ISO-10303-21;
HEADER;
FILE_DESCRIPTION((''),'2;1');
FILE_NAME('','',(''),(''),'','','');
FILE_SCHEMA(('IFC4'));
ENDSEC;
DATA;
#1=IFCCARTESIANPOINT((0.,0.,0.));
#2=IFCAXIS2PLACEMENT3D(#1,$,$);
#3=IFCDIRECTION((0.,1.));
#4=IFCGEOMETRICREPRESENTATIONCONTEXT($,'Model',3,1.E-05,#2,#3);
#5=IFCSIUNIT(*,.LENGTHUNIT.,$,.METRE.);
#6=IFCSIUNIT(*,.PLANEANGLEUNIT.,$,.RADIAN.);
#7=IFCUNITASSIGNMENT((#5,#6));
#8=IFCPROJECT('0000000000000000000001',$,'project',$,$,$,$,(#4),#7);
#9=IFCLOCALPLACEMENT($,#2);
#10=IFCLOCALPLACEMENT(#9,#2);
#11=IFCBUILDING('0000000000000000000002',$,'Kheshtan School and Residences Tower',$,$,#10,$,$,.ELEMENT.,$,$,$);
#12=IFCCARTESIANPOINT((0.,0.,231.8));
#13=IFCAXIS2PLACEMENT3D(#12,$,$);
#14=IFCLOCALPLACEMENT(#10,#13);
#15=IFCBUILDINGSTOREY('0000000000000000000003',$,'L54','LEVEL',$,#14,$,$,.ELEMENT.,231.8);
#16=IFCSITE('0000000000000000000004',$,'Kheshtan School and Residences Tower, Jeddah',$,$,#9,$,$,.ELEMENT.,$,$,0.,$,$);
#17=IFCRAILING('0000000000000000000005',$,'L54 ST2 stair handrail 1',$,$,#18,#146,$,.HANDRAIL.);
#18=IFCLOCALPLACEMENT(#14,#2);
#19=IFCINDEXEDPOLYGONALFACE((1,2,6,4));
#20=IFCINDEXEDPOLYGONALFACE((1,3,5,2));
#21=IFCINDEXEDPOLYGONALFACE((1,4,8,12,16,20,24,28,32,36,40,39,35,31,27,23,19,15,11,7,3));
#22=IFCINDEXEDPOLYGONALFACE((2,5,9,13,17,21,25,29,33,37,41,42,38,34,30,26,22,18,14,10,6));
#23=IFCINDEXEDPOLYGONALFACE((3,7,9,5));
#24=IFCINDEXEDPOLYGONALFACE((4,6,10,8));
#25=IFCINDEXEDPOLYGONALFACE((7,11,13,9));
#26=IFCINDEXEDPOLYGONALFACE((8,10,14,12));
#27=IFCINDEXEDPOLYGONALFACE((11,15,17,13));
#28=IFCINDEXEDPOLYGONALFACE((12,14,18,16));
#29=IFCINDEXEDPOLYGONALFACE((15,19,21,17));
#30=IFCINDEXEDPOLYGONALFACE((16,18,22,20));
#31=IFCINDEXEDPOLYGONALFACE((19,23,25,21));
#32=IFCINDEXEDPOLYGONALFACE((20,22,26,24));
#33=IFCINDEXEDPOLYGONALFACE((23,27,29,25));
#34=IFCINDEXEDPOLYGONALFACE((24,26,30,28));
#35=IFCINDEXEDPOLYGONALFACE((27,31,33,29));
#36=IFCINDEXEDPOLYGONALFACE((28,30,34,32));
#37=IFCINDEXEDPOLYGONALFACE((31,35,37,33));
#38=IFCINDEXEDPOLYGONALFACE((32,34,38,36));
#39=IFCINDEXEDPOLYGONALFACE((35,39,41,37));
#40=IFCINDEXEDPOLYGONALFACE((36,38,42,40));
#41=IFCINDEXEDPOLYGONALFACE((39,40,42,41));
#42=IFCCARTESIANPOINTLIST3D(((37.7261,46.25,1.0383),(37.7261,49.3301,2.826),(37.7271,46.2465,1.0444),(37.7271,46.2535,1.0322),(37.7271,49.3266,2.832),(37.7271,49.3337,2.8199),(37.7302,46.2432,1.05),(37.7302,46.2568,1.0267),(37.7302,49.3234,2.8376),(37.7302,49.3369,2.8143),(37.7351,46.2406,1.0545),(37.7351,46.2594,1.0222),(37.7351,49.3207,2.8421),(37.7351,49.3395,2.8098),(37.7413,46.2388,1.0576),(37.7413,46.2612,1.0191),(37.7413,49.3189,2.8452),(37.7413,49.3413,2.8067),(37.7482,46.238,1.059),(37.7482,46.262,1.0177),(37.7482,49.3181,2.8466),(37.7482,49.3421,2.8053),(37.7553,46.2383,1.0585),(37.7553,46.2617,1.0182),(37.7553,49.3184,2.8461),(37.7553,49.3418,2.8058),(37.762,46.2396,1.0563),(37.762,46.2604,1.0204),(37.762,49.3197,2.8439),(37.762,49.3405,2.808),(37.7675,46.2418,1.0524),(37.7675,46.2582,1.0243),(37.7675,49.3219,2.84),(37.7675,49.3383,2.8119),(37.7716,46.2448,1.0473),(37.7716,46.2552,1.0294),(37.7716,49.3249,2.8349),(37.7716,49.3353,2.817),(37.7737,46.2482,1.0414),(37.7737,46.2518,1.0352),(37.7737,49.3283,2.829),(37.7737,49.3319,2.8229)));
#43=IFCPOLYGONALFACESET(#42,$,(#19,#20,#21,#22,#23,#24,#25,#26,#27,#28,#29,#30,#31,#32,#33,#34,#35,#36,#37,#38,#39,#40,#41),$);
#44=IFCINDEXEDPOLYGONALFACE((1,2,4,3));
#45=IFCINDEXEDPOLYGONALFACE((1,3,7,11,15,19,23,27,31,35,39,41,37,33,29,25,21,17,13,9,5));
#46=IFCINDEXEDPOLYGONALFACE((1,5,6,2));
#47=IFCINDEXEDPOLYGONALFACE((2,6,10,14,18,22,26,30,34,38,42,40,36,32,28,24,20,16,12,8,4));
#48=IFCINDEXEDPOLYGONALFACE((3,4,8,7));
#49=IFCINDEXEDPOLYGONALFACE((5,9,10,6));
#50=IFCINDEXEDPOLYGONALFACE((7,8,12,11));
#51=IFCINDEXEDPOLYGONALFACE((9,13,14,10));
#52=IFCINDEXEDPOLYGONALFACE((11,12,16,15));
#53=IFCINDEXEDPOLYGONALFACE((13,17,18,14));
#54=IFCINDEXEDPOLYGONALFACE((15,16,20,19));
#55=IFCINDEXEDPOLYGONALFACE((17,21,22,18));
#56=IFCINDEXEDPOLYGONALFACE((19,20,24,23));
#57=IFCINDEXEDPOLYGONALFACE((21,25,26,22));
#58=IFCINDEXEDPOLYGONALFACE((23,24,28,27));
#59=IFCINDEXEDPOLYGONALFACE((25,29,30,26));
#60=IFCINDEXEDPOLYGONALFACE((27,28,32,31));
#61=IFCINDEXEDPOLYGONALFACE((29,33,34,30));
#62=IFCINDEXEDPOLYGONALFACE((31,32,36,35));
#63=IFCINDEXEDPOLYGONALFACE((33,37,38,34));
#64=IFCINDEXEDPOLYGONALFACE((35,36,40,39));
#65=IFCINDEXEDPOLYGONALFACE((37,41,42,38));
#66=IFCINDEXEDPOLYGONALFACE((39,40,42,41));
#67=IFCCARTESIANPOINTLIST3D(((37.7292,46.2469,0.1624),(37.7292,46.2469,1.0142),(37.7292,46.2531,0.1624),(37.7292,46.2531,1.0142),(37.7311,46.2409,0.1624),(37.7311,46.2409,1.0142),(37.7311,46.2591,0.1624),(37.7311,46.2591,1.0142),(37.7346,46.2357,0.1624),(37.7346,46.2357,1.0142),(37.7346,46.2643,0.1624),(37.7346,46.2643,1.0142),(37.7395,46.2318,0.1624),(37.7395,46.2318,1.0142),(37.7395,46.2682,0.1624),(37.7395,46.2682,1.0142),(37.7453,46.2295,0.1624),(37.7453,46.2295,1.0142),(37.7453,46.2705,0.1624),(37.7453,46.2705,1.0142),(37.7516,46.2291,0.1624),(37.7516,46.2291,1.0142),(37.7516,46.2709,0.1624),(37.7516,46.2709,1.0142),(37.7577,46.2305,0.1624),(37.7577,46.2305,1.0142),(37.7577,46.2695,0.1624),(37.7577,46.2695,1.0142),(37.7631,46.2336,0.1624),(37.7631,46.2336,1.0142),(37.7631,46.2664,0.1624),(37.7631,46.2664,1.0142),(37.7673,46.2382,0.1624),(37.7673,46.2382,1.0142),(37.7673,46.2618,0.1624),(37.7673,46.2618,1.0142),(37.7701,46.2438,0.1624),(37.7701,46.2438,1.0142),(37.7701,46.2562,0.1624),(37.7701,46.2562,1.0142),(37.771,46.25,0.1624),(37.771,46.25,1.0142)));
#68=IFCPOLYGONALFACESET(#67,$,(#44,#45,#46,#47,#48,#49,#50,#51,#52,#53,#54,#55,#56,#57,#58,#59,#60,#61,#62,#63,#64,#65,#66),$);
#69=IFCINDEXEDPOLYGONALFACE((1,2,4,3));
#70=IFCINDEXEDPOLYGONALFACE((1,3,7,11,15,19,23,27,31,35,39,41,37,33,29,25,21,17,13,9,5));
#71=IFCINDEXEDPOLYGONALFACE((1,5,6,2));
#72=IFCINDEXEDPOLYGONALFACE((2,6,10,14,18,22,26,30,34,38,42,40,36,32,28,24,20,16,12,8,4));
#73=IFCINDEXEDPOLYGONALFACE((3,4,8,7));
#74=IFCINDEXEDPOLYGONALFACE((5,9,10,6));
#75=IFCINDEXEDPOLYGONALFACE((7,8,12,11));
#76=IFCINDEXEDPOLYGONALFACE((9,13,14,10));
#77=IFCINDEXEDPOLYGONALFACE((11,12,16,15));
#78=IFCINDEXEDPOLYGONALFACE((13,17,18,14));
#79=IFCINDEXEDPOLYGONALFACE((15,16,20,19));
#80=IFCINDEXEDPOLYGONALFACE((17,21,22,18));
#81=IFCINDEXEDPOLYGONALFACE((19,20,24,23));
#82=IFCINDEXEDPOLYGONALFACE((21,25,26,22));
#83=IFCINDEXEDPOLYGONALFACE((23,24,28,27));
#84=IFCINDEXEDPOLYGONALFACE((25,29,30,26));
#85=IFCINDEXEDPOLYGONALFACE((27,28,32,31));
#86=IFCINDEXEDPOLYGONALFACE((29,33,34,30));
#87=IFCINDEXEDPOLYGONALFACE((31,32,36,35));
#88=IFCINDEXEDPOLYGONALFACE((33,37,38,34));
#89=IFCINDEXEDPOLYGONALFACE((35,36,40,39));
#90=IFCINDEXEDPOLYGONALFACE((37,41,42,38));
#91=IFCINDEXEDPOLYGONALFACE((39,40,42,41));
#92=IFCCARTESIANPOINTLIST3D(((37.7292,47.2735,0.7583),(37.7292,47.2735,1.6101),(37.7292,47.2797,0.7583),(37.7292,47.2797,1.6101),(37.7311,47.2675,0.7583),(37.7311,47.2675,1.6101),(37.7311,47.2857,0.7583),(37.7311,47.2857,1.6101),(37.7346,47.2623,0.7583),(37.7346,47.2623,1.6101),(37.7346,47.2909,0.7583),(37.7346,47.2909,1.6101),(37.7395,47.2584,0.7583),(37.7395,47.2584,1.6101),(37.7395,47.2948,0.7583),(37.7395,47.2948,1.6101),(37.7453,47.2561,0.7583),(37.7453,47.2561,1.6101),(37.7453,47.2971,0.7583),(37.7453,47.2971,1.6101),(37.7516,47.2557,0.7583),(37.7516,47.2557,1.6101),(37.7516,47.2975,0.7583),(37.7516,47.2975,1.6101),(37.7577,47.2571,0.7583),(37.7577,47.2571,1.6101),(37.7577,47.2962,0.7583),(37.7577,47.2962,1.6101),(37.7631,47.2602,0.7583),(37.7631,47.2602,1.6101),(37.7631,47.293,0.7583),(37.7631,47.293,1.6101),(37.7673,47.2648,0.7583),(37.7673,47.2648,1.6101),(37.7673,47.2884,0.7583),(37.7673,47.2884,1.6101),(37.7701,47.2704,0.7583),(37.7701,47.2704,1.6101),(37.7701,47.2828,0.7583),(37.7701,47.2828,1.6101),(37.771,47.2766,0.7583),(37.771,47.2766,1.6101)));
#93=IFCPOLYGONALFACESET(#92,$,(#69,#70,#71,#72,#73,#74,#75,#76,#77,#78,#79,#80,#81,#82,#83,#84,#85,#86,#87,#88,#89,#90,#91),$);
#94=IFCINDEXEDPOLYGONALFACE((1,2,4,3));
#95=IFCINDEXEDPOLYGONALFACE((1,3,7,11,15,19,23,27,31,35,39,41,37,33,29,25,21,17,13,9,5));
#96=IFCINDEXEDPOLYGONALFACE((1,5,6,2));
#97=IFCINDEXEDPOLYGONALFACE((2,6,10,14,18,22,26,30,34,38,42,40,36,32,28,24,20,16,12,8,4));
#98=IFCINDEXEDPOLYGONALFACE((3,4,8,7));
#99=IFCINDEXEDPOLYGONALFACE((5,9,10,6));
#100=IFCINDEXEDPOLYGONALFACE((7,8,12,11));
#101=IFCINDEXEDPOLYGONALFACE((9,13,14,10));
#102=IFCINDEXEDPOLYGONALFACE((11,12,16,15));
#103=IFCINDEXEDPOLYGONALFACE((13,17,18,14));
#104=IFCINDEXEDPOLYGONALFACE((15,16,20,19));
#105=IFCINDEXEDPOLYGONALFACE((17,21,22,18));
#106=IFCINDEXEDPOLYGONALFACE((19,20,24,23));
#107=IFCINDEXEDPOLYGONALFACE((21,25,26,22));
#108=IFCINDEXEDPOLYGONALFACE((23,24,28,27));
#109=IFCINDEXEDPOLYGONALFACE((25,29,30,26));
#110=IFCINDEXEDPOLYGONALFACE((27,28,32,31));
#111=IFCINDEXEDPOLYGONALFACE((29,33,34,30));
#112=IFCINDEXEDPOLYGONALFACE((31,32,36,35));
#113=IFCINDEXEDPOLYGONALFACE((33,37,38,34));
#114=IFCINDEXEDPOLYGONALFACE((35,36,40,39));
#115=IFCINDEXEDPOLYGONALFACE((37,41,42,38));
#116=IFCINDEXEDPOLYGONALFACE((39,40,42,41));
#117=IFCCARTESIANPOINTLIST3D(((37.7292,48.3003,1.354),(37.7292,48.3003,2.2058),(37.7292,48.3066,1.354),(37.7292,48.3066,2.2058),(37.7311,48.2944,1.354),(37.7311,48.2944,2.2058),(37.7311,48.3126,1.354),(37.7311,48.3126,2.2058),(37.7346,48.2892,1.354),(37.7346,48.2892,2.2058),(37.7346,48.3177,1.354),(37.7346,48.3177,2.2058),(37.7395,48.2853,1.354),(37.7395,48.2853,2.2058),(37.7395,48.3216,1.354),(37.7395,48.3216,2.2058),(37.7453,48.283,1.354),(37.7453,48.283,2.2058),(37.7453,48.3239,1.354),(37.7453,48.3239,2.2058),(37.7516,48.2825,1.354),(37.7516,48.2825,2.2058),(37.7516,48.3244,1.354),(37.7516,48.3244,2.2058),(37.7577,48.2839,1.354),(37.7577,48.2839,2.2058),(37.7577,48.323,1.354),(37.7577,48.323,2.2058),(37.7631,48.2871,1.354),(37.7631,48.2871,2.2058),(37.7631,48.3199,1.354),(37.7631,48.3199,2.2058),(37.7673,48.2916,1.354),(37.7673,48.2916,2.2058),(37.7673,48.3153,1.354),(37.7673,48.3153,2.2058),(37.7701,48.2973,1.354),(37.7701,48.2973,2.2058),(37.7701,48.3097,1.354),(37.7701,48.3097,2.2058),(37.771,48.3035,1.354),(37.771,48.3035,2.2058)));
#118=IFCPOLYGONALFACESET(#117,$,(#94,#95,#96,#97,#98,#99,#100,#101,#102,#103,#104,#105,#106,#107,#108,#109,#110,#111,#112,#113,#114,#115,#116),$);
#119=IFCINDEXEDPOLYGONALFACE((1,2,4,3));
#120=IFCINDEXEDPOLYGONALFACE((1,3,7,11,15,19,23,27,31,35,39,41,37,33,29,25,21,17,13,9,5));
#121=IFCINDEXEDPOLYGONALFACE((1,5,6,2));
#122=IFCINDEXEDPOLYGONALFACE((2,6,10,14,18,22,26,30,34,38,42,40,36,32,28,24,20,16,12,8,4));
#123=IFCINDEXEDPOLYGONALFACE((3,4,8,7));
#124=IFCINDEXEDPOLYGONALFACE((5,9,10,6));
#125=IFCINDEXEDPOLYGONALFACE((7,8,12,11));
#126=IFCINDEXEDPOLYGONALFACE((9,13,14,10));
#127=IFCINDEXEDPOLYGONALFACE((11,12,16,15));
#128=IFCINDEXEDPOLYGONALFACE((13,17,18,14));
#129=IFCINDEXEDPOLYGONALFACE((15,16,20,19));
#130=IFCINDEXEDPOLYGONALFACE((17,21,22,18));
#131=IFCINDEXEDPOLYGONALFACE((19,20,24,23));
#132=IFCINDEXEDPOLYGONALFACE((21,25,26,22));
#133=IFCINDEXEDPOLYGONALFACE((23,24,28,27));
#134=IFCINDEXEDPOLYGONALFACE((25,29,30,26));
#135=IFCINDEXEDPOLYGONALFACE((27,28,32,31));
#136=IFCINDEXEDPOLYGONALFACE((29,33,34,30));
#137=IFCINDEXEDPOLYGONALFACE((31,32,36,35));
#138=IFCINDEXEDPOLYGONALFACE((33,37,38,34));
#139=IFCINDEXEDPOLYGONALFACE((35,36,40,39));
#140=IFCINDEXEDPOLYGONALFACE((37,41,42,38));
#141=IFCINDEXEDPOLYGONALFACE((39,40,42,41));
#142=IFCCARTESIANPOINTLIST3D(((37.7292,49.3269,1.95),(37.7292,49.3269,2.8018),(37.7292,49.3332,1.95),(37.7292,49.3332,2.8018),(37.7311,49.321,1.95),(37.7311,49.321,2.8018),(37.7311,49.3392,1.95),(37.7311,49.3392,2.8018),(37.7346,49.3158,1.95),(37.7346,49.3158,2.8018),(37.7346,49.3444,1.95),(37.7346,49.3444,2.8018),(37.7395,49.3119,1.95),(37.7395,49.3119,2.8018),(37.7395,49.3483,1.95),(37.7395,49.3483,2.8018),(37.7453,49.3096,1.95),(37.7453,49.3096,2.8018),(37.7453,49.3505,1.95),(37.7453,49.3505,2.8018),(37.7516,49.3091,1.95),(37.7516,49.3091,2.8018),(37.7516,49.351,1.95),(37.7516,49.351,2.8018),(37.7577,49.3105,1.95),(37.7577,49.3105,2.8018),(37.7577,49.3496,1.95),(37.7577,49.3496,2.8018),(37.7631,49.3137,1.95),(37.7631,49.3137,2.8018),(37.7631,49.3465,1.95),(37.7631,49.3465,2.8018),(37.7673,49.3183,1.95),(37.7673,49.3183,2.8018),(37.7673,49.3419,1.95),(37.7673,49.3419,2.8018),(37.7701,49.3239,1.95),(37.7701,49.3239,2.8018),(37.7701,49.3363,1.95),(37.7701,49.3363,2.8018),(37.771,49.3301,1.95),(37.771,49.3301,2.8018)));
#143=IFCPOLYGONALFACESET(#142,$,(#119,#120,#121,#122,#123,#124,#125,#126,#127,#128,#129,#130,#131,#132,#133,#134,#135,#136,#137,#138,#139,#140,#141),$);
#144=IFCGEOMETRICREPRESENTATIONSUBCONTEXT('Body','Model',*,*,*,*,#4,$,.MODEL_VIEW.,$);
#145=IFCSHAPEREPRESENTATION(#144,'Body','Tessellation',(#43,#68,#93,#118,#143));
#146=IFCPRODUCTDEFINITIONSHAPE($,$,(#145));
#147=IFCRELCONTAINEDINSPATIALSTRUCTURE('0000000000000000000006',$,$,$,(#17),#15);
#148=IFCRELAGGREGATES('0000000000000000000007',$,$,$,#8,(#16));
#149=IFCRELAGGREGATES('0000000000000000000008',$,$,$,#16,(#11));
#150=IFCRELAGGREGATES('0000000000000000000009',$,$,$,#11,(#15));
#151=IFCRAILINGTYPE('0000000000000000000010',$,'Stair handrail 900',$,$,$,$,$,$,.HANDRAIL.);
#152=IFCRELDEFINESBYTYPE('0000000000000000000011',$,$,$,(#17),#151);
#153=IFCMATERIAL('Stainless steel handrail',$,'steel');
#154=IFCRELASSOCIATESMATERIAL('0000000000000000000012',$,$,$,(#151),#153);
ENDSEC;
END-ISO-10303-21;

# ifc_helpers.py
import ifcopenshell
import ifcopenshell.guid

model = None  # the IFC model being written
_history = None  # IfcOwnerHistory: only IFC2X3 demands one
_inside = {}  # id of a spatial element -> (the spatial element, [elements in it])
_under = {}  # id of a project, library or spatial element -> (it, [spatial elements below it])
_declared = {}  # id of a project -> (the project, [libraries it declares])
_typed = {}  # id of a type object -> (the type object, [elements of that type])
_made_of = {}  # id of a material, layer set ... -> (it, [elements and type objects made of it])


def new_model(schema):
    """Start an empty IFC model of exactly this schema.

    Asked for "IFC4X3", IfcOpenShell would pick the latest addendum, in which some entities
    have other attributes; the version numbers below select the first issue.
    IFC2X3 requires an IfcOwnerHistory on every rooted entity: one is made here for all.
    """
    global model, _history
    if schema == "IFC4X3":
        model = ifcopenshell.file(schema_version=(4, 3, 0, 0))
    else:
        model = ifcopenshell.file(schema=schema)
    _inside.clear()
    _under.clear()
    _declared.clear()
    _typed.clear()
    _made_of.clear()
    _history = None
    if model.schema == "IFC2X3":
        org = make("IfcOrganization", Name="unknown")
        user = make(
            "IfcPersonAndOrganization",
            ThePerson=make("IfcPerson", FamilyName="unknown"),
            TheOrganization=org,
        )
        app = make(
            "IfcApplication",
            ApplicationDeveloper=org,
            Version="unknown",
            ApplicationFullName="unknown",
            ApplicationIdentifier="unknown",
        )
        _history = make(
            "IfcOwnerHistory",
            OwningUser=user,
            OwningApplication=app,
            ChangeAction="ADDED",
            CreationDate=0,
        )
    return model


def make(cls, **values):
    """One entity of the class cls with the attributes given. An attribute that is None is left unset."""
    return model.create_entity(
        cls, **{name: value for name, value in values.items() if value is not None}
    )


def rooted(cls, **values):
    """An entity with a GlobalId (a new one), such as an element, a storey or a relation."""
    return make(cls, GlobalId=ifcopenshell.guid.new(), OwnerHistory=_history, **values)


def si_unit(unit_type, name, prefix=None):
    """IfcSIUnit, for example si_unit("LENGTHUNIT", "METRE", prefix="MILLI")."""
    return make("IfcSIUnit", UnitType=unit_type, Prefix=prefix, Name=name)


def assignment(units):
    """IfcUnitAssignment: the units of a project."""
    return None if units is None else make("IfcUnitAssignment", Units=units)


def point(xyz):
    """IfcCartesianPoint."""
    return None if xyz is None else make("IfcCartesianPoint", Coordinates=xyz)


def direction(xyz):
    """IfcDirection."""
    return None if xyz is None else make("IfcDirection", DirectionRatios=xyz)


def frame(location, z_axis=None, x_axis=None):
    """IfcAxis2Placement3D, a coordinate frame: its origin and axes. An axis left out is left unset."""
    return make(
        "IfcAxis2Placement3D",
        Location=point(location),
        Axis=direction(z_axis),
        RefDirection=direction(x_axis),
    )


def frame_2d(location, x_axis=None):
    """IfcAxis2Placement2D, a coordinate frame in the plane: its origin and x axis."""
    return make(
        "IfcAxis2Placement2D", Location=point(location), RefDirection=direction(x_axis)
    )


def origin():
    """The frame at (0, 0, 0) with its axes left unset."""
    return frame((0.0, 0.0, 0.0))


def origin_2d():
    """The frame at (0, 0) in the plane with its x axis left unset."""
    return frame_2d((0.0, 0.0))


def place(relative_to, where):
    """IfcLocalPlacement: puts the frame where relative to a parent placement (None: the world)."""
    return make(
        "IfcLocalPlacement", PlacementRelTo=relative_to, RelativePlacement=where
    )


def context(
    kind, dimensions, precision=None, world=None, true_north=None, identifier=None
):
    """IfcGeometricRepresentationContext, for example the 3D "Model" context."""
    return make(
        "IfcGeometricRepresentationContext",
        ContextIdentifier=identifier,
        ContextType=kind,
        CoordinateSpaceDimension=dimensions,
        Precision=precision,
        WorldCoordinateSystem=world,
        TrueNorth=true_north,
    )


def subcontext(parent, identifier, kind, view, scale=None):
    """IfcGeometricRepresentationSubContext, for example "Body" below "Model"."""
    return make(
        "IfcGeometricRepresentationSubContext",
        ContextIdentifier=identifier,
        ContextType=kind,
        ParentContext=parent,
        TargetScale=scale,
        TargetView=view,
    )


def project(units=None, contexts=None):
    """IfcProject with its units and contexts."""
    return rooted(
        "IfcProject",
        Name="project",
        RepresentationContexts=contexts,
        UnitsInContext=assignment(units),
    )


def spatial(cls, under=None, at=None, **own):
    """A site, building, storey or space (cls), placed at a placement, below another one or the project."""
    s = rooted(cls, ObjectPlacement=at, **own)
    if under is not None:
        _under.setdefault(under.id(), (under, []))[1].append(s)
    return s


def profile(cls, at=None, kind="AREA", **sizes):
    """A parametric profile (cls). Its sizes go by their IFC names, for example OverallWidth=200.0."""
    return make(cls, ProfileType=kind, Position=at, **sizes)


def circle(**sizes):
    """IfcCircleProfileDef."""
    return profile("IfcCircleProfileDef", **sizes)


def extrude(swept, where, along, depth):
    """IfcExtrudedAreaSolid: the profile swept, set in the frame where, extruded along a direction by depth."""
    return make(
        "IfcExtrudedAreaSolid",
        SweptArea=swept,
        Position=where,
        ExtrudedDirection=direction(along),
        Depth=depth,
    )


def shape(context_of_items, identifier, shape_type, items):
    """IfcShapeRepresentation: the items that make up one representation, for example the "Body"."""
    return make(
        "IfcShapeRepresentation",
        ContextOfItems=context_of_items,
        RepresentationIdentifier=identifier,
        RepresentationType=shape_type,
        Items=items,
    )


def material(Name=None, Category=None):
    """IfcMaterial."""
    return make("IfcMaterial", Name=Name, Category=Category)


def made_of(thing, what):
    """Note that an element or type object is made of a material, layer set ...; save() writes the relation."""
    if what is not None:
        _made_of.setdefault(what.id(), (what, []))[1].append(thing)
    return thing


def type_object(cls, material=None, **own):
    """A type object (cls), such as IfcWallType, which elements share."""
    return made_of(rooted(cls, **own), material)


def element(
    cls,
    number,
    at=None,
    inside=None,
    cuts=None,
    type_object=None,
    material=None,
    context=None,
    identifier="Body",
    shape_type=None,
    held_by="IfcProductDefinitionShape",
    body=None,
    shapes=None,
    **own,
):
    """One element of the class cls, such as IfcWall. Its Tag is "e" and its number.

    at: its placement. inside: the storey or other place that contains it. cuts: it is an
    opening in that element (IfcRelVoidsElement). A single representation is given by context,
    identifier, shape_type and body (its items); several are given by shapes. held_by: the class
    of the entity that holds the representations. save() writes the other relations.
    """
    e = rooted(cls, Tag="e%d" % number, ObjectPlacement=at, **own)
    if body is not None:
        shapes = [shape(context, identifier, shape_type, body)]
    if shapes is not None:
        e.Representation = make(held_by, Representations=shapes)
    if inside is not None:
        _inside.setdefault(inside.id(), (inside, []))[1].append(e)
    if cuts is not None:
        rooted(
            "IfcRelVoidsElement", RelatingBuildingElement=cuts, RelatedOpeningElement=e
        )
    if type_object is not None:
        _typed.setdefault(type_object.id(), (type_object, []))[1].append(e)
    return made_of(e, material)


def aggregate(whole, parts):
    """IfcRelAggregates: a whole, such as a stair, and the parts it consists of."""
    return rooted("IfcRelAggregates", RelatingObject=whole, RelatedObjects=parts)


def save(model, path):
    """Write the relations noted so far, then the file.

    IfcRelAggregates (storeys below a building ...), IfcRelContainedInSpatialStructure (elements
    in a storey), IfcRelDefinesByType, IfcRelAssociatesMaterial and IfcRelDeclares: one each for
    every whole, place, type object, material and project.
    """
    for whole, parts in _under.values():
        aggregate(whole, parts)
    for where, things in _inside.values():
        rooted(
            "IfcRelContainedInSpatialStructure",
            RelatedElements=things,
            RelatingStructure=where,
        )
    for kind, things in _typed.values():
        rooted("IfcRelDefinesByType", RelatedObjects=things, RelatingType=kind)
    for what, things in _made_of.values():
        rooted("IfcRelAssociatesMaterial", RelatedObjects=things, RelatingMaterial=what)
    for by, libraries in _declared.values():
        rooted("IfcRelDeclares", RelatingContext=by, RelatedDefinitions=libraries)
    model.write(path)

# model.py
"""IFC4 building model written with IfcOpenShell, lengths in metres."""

from ifc_helpers import new_model, si_unit, direction, frame, origin, origin_2d, place, context, subcontext, project, spatial, circle, extrude, material, type_object, element, save


model = new_model("IFC4")

# Units and contexts
model_context = context("Model", 3, precision=1e-05, world=origin(), true_north=direction((0.0, 1.0)))
body_context = subcontext(model_context, "Body", "Model", "MODEL_VIEW")
ifc_project = project(units=[si_unit("LENGTHUNIT", "METRE"), si_unit("PLANEANGLEUNIT", "RADIAN")], contexts=[model_context])

# Site, building, storey
site_placement = place(None, origin())
site = spatial("IfcSite", under=ifc_project, at=site_placement, Name="Kheshtan School and Residences Tower, Jeddah", CompositionType="ELEMENT", RefElevation=0.0)
building_placement = place(site_placement, origin())
building = spatial("IfcBuilding", under=site, at=building_placement, Name="Kheshtan School and Residences Tower", CompositionType="ELEMENT")
storey_placement = place(building_placement, frame((0.0, 0.0, 231.8)))
storey = spatial("IfcBuildingStorey", under=building, at=storey_placement, Name="L54", Description="LEVEL", CompositionType="ELEMENT", Elevation=231.8)

# Railing
ifc_material_1 = material(Name="Stainless steel handrail", Category="steel")
railing_type_1 = type_object("IfcRailingType", Name="Stair handrail 900", PredefinedType="HANDRAIL", material=ifc_material_1)
railing_1_placement = place(storey_placement, frame((37.75, 46.25, 0.1624)))
element("IfcRailing", 1, at=railing_1_placement, inside=storey, type_object=railing_type_1, Name="L54 ST2 stair handrail 1", PredefinedType="HANDRAIL", context=body_context, shape_type="SweptSolid", body=[
    extrude(circle(Radius=0.0239, at=origin_2d()), frame((0.0, 0.0, 0.876), z_axis=(0.0, 0.864891, 0.50196), x_axis=(-1.0, 0.0, 0.0)), (0.0, 0.0, 1.0), 3.5613),
    extrude(circle(Radius=0.021, at=origin_2d()), origin(), (0.0, 0.0, 1.0), 0.8518),
    extrude(circle(Radius=0.021, at=origin_2d()), frame((0.0, 1.0266, 0.5959)), (0.0, 0.0, 1.0), 0.8518),
    extrude(circle(Radius=0.021, at=origin_2d()), frame((0.0, 2.0535, 1.1917)), (0.0, 0.0, 1.0), 0.8518),
    extrude(circle(Radius=0.021, at=origin_2d()), frame((0.0, 3.0801, 1.7876)), (0.0, 0.0, 1.0), 0.8518),
])

save(model, "model.ifc")
